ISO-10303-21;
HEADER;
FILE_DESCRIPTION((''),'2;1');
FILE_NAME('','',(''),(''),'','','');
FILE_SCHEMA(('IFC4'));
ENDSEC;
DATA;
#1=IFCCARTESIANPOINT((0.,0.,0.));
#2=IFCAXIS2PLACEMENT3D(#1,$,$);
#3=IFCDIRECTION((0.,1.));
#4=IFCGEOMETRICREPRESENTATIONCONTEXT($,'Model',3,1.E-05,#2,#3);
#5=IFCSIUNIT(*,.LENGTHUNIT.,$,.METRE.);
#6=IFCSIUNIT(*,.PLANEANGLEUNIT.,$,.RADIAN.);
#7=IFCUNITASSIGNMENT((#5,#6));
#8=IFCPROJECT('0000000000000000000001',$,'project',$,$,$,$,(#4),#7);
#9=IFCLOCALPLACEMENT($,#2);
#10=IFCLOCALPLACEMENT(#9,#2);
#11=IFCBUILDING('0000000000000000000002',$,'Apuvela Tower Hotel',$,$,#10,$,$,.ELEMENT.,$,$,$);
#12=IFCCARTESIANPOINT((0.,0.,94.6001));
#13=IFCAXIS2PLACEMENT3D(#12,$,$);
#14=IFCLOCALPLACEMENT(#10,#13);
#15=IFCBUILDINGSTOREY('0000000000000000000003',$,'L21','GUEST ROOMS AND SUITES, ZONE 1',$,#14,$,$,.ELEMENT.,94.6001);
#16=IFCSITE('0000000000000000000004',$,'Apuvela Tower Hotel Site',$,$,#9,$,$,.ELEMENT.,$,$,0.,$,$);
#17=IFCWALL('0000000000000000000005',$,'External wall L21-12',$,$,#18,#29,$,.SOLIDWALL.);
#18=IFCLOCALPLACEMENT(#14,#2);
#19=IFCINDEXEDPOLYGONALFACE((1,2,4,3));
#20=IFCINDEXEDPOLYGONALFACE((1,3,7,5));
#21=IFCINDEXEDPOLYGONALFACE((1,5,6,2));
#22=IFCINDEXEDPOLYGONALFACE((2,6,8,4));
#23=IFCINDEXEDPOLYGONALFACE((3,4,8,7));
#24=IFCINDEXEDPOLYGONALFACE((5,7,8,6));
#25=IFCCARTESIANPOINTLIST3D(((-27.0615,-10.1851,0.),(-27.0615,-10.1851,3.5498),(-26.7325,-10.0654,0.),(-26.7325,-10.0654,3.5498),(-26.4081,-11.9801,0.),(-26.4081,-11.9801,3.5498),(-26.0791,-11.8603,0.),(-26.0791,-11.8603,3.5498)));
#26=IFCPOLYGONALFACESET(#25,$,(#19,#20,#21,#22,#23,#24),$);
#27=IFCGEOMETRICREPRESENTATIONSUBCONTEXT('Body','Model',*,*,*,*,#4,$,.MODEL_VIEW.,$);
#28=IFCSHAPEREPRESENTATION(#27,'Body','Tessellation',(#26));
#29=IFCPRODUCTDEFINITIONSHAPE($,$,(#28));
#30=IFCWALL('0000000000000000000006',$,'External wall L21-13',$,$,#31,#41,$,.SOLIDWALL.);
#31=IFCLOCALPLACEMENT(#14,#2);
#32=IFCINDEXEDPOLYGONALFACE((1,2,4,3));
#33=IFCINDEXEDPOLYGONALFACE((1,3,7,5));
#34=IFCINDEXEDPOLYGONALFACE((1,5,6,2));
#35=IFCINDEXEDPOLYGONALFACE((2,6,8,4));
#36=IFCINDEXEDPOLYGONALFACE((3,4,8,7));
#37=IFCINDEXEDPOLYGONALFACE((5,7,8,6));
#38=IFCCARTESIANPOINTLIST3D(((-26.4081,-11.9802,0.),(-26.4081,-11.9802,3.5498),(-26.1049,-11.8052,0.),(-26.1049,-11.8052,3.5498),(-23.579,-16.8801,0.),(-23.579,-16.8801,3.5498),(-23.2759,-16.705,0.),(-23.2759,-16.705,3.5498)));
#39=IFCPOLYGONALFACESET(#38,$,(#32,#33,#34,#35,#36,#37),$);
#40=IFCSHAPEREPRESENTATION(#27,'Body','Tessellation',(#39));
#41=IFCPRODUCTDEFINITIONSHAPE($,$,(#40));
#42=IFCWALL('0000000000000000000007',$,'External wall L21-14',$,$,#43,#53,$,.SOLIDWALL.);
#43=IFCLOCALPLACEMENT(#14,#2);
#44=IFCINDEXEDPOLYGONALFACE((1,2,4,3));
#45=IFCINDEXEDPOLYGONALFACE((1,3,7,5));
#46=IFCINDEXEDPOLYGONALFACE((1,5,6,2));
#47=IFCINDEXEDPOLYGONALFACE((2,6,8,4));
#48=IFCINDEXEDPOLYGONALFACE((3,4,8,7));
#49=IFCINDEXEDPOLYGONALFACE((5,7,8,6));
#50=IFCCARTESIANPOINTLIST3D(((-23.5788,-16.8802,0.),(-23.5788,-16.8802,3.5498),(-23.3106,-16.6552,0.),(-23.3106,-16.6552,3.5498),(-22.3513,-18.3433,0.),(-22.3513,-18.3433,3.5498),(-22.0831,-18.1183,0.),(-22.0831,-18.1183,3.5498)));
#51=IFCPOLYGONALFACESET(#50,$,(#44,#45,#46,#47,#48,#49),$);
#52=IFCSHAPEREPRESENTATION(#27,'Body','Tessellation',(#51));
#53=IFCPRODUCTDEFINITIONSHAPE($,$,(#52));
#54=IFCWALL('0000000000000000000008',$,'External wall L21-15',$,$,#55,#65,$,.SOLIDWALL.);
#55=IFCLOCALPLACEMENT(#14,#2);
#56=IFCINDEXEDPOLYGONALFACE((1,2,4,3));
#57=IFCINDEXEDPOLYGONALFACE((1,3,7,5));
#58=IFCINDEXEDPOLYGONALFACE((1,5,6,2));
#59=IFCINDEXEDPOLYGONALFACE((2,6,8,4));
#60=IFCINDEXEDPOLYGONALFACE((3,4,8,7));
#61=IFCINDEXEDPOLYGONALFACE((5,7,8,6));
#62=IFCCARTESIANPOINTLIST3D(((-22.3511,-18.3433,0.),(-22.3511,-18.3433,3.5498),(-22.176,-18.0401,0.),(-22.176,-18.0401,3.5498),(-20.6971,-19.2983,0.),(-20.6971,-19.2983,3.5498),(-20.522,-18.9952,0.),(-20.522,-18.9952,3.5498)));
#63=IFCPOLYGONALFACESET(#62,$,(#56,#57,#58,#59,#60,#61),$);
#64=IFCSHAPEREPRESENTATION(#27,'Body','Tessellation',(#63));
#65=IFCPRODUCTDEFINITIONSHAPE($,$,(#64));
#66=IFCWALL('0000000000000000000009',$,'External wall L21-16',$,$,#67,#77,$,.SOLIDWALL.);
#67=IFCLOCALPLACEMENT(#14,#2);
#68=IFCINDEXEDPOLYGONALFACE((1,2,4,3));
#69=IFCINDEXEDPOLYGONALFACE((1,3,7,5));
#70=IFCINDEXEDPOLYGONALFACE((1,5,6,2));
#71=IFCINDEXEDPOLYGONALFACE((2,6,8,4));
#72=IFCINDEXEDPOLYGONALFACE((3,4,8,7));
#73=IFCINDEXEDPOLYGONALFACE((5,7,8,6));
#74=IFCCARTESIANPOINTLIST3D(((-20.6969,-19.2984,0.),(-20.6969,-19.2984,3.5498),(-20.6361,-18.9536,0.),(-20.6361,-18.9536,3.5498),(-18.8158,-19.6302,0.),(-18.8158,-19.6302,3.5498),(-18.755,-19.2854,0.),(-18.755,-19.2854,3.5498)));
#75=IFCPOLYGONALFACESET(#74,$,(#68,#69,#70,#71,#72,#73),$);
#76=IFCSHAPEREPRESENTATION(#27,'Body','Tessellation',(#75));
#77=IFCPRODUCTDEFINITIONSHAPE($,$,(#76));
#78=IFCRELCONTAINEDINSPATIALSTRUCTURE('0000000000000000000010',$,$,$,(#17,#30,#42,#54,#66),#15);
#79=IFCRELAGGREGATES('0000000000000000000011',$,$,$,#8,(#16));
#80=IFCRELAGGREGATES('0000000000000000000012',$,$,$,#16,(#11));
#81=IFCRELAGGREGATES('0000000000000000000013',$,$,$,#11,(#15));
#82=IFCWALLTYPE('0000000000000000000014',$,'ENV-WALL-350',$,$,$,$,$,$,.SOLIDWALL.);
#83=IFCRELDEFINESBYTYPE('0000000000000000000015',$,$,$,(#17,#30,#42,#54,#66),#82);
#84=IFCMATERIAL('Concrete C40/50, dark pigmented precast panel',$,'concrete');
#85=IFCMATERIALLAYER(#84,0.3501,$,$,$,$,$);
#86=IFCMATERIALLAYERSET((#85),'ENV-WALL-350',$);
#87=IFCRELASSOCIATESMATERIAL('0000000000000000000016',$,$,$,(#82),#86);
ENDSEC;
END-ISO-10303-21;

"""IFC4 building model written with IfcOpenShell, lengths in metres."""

from ifc_helpers import new_model, si_unit, direction, frame, frame_2d, origin, place, context, subcontext, project, spatial, rectangle, extrude, material, layer, layer_set, type_object, element, save


model = new_model("IFC4")

# Units and contexts
model_context = context("Model", 3, precision=1e-05, world=origin(), true_north=direction((0.0, 1.0)))
body_context = subcontext(model_context, "Body", "Model", "MODEL_VIEW")
ifc_project = project(units=[si_unit("LENGTHUNIT", "METRE"), si_unit("PLANEANGLEUNIT", "RADIAN")], contexts=[model_context])

# Site, building, storey
site_placement = place(None, origin())
site = spatial("IfcSite", under=ifc_project, at=site_placement, Name="Apuvela Tower Hotel Site", CompositionType="ELEMENT", RefElevation=0.0)
building_placement = place(site_placement, origin())
building = spatial("IfcBuilding", under=site, at=building_placement, Name="Apuvela Tower Hotel", CompositionType="ELEMENT")
storey_placement = place(building_placement, frame((0.0, 0.0, 94.6001)))
storey = spatial("IfcBuildingStorey", under=building, at=storey_placement, Name="L21", Description="GUEST ROOMS AND SUITES, ZONE 1", CompositionType="ELEMENT", Elevation=94.6001)

# Walls
ifc_material_1 = material(Name="Concrete C40/50, dark pigmented precast panel", Category="concrete")
ifc_layer_1 = layer(ifc_material_1, 0.3501)
ifc_layer_set_1 = layer_set([ifc_layer_1], Name="ENV-WALL-350")
wall_type_1 = type_object("IfcWallType", Name="ENV-WALL-350", PredefinedType="SOLIDWALL", material=ifc_layer_set_1)
wall_1_placement = place(storey_placement, frame((-26.897, -10.1252, 0.0), z_axis=(0.0, 0.0, 1.0), x_axis=(0.34203, -0.939689, 0.0)))
element("IfcWall", 1, at=wall_1_placement, inside=storey, type_object=wall_type_1, Name="External wall L21-12", PredefinedType="SOLIDWALL", context=body_context, shape_type="SweptSolid", body=[
    extrude(rectangle(XDim=1.9102, YDim=0.3501, at=frame_2d((0.9551, 0.0))), origin(), (0.0, 0.0, 1.0), 3.5498),
])
wall_2_placement = place(storey_placement, frame((-26.2566, -11.8926, 0.0), z_axis=(0.0, 0.0, 1.0), x_axis=(0.500019, -0.866015, 0.0)))
element("IfcWall", 2, at=wall_2_placement, inside=storey, type_object=wall_type_1, Name="External wall L21-13", PredefinedType="SOLIDWALL", context=body_context, shape_type="SweptSolid", body=[
    extrude(rectangle(XDim=5.658, YDim=0.3501, at=frame_2d((2.8291, 0.0))), origin(), (0.0, 0.0, 1.0), 3.5498),
])
for number, where, z_axis, x_axis, name in (
    (3, (-23.4448, -16.7676, 0.0), (0.0, 0.0, 1.0), (0.642733, -0.76609, 0.0), "External wall L21-14"),
    (4, (-22.2637, -18.1917, 0.0), (0.0, 0.0, 1.0), (0.866, -0.500043, 0.0), "External wall L21-15"),
):
    element("IfcWall", number, at=place(storey_placement, frame(where, z_axis=z_axis, x_axis=x_axis)), inside=storey, type_object=wall_type_1, Name=name, PredefinedType="SOLIDWALL", context=body_context, shape_type="SweptSolid", body=[
        extrude(rectangle(XDim=1.9099, YDim=0.3501, at=frame_2d((0.9551, 0.0))), origin(), (0.0, 0.0, 1.0), 3.5498),
    ])
wall_3_placement = place(storey_placement, frame((-20.6665, -19.126, 0.0), z_axis=(0.0, 0.0, 1.0), x_axis=(0.984799, -0.173698, 0.0)))
element("IfcWall", 5, at=wall_3_placement, inside=storey, type_object=wall_type_1, Name="External wall L21-16", PredefinedType="SOLIDWALL", context=body_context, shape_type="SweptSolid", body=[
    extrude(rectangle(XDim=1.9102, YDim=0.3501, at=frame_2d((0.9551, 0.0))), origin(), (0.0, 0.0, 1.0), 3.5498),
])

save(model, "model.ifc")
